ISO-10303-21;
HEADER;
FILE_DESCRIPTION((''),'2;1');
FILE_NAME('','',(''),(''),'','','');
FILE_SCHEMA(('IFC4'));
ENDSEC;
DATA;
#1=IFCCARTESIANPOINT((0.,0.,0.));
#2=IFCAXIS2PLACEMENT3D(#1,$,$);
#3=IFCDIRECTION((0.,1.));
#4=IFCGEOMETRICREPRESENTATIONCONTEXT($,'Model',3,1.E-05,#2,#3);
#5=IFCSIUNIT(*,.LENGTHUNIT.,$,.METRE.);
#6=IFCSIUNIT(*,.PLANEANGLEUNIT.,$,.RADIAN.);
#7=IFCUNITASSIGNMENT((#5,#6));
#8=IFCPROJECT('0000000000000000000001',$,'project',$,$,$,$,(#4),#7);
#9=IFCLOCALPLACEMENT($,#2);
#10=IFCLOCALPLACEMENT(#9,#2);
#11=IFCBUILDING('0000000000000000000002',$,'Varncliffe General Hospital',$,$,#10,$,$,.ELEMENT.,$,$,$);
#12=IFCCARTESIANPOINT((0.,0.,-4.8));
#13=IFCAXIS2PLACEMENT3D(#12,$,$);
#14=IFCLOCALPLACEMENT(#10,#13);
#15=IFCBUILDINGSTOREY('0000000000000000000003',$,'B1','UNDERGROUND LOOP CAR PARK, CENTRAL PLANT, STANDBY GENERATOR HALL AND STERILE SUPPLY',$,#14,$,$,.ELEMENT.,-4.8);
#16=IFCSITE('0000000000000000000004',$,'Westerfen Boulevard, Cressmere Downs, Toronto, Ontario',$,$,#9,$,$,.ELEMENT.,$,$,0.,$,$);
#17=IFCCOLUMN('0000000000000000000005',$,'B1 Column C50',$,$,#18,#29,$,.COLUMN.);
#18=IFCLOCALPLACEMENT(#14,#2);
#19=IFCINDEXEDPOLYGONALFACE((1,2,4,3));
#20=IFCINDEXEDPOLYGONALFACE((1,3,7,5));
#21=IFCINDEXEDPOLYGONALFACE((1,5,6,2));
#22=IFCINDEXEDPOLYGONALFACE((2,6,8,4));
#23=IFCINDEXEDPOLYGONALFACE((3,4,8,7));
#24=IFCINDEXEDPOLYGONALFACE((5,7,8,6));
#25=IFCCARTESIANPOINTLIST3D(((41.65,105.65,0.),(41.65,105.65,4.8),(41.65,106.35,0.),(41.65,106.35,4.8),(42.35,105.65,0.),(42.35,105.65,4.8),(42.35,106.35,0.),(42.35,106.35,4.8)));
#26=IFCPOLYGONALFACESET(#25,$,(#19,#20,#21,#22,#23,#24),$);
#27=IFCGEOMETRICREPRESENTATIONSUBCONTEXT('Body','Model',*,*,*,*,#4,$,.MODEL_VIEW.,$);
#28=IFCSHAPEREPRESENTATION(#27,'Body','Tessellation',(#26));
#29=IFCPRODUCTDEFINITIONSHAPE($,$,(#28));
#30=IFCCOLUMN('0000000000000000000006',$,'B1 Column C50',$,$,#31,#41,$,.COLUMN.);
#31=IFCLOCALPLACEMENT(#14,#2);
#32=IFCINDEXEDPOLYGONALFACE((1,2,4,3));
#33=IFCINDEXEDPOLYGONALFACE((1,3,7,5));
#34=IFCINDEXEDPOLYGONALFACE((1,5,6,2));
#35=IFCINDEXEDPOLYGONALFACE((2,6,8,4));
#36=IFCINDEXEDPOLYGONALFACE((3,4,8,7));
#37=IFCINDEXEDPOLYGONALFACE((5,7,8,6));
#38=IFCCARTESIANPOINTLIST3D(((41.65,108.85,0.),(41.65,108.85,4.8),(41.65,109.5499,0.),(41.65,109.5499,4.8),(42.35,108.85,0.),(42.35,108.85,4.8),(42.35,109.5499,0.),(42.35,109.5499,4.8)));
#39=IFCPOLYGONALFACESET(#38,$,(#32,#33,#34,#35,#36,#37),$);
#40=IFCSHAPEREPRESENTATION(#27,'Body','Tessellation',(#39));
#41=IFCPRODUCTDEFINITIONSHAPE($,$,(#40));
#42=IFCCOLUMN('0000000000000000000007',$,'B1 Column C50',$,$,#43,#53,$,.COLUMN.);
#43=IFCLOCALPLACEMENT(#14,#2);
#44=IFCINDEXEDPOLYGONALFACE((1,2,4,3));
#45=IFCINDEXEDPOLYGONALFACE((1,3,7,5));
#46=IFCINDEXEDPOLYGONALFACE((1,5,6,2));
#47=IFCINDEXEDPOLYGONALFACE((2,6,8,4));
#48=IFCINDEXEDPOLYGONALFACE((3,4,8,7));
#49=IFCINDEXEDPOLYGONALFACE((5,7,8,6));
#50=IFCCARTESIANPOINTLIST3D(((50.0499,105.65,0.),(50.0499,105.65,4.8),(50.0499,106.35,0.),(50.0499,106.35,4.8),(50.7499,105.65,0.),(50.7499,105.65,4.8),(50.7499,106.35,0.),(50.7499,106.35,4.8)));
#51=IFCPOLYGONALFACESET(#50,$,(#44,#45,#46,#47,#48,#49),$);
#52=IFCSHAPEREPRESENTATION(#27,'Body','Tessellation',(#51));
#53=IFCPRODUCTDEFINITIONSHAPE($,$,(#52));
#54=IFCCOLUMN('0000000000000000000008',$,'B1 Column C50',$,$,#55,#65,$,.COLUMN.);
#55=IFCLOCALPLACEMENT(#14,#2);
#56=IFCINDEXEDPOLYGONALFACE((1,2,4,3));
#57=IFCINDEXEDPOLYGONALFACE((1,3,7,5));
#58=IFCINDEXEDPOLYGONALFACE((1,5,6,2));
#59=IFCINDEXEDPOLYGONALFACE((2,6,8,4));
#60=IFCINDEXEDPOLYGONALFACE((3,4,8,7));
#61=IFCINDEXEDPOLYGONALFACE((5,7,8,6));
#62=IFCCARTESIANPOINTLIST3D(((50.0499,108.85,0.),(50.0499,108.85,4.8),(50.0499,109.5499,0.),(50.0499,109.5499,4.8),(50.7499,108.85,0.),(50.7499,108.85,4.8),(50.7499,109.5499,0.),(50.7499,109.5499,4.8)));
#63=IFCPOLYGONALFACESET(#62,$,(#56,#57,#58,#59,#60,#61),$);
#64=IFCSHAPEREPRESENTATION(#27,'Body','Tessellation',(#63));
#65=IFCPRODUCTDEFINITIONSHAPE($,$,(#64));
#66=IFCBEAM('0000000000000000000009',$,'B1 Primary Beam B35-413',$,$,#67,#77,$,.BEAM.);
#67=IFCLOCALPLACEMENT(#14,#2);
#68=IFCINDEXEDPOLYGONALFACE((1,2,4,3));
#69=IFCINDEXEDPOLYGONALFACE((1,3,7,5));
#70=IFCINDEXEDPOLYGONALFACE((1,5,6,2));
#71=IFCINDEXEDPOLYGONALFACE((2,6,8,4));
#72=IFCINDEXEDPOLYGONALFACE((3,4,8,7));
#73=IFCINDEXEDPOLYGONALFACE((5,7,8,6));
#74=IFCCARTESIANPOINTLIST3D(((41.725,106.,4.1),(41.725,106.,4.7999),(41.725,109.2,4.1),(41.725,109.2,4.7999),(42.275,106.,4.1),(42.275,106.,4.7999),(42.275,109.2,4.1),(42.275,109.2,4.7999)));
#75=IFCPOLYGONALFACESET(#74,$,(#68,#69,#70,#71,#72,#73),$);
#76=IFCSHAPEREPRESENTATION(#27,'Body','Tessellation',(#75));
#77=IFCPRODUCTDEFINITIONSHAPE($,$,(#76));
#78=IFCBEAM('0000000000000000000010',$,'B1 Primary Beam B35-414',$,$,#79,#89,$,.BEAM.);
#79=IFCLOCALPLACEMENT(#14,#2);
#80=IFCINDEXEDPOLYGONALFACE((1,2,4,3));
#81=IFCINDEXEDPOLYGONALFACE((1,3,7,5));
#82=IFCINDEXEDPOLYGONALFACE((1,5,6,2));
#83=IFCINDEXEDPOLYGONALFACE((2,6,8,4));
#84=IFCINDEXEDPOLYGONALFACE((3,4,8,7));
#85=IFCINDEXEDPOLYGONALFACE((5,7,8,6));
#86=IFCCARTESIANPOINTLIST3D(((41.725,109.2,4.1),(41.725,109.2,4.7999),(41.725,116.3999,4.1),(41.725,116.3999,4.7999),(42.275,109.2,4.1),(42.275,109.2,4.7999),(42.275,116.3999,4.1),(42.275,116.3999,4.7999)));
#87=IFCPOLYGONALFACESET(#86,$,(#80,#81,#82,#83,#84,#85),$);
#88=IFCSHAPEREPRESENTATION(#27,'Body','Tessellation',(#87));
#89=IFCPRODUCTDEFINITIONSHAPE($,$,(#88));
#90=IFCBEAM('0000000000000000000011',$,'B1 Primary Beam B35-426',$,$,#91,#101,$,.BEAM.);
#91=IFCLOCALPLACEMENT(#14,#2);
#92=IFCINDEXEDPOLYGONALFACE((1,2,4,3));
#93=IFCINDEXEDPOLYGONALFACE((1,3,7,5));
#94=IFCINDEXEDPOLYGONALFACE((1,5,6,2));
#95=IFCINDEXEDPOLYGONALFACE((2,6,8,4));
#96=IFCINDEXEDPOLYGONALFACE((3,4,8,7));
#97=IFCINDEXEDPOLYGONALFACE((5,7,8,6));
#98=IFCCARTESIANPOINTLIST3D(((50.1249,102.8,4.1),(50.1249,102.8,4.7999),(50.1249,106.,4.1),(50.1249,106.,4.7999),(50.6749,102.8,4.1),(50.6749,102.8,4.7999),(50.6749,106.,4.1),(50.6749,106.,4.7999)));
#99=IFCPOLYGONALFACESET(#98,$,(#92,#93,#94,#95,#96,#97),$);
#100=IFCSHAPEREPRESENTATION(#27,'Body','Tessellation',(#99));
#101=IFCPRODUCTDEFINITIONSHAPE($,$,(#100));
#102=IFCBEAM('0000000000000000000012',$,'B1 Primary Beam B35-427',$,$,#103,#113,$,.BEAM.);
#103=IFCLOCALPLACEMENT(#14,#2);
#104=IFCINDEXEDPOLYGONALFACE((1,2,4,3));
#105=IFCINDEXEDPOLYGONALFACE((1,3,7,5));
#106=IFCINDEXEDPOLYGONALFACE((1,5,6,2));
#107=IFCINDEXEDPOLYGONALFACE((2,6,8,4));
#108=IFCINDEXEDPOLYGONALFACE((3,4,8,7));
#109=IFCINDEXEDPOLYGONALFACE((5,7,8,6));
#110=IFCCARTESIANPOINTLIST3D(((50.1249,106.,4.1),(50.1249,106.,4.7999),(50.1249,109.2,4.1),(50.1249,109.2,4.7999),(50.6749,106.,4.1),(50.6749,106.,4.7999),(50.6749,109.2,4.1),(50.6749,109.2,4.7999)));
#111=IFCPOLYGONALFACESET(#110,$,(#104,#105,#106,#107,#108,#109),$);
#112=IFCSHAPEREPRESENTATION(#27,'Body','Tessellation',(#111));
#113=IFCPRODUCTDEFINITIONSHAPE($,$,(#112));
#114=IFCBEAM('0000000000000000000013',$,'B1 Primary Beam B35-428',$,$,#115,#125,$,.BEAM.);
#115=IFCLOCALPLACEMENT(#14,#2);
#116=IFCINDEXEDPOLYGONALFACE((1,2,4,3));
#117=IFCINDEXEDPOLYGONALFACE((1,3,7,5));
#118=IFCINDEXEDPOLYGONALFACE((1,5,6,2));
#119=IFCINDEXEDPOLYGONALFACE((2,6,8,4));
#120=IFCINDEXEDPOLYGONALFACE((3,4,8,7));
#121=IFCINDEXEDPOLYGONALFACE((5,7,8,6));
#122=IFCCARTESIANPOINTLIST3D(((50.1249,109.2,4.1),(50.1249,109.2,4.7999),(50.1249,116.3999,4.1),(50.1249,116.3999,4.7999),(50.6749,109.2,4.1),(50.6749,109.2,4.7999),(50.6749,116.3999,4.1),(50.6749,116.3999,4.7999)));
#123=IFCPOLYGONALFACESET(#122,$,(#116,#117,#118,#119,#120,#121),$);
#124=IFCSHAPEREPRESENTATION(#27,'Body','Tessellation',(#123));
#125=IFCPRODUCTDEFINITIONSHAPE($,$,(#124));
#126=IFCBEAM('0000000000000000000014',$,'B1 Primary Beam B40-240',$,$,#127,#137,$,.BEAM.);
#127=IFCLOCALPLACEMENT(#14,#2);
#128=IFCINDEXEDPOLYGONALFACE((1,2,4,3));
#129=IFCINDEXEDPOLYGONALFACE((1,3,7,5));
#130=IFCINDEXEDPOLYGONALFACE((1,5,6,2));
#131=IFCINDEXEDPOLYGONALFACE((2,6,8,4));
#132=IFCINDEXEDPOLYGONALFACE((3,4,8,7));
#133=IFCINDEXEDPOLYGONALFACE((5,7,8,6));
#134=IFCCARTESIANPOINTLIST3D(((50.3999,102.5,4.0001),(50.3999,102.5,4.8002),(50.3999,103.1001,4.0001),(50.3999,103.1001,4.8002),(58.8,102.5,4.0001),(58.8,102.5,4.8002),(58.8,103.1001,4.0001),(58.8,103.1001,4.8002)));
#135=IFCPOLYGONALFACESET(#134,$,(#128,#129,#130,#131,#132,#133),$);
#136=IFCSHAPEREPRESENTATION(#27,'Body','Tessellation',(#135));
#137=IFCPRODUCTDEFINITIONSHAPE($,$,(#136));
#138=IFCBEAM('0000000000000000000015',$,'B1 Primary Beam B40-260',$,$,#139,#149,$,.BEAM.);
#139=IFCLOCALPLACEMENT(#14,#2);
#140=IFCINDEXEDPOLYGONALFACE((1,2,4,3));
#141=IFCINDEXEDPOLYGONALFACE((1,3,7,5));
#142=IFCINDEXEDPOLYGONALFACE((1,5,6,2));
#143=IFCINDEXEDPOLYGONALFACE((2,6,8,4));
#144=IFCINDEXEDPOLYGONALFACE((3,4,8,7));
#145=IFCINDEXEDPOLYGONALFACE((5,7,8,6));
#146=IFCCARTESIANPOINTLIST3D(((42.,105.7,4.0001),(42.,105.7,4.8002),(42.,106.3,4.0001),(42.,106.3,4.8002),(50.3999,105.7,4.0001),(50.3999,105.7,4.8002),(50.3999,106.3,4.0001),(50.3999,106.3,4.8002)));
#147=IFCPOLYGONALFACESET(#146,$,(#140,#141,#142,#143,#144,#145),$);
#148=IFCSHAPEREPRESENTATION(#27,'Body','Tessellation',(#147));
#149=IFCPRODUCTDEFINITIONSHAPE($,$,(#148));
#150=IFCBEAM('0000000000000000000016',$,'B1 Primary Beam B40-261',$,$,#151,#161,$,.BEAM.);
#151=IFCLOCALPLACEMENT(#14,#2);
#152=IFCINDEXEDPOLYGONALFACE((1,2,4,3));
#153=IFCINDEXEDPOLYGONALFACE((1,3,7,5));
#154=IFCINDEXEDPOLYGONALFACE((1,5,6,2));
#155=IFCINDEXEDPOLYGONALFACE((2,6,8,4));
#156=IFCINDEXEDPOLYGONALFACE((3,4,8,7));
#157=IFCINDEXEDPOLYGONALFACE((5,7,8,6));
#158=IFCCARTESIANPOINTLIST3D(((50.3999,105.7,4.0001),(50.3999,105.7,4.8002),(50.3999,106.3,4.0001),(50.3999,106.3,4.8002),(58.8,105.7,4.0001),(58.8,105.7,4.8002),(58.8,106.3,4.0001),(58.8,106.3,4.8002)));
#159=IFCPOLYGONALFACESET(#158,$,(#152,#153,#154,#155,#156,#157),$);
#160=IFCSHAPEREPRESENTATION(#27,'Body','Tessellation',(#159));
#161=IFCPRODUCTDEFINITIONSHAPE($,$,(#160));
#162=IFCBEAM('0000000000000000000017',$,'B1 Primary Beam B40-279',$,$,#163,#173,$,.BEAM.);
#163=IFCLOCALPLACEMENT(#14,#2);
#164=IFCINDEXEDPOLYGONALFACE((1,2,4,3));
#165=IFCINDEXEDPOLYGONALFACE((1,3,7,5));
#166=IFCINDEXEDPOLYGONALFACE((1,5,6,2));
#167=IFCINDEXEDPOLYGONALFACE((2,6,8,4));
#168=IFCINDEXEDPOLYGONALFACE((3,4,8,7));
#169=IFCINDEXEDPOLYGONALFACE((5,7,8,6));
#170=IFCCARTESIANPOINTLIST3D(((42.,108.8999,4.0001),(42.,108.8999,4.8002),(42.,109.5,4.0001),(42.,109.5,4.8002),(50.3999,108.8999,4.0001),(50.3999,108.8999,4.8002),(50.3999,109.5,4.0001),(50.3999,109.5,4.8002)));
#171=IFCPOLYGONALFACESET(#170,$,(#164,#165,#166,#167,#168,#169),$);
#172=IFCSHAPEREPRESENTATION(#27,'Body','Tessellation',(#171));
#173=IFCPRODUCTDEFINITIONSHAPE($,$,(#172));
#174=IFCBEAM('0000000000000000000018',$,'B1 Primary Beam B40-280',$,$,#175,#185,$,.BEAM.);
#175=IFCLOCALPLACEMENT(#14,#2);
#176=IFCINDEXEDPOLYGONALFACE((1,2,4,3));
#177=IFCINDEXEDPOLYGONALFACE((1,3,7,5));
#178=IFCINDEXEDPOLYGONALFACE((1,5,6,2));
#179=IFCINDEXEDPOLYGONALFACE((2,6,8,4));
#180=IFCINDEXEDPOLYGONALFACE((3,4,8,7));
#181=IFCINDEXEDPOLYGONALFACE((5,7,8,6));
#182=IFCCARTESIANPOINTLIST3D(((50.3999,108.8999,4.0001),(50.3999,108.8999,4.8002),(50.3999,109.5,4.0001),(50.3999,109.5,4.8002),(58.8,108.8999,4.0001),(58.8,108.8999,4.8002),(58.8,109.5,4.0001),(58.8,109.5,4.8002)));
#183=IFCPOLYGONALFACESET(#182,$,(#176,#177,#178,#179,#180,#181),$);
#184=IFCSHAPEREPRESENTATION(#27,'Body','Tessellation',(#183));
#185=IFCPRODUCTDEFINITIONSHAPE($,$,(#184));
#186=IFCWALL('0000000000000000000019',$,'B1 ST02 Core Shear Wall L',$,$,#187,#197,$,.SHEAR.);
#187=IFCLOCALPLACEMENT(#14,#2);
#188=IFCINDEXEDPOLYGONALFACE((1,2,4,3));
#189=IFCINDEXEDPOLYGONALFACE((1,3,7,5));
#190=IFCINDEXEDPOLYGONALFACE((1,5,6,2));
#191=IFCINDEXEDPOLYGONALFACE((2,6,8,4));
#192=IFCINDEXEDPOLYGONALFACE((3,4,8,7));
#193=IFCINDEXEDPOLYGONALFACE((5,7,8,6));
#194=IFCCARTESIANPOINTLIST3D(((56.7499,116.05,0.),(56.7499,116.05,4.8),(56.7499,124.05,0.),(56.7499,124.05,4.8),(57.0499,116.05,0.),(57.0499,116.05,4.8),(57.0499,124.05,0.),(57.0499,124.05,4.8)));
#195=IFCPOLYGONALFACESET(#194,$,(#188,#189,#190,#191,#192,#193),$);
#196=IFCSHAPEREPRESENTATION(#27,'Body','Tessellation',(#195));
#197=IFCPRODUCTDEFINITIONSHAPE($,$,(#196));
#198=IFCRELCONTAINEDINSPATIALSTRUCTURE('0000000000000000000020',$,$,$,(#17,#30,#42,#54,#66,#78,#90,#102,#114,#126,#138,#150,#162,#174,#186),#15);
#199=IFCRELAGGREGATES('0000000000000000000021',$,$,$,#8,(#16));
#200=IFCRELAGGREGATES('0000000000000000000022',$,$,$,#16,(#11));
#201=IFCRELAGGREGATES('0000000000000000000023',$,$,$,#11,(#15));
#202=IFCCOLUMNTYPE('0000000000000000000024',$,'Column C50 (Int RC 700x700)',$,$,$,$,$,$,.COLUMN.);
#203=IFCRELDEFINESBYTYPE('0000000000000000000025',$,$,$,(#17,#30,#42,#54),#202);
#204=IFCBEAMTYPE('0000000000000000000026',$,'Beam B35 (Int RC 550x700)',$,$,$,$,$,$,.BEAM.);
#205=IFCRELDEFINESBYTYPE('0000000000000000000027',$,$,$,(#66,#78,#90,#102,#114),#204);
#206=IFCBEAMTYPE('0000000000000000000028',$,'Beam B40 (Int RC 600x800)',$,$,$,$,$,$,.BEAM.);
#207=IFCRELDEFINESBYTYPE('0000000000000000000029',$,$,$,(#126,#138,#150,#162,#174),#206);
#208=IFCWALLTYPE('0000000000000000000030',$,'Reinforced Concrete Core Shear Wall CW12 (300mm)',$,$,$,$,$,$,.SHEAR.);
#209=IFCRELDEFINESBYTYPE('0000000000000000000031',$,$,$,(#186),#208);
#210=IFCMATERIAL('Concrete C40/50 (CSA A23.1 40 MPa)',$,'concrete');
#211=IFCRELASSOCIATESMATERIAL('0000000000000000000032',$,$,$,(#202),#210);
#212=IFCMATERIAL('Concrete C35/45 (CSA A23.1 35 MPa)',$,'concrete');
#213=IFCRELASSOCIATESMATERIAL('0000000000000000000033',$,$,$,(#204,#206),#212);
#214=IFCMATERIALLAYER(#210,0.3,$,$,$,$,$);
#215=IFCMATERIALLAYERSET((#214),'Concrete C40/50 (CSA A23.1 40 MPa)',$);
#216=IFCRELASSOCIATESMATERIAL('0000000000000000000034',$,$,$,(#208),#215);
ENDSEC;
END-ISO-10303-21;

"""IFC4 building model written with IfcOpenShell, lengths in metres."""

from ifc_helpers import new_model, si_unit, direction, frame, frame_2d, origin, origin_2d, place, context, subcontext, project, spatial, rectangle, extrude, material, layer, layer_set, material_profile, profile_set, type_object, element, save


model = new_model("IFC4")

# Units and contexts
model_context = context("Model", 3, precision=1e-05, world=origin(), true_north=direction((0.0, 1.0)))
body_context = subcontext(model_context, "Body", "Model", "MODEL_VIEW")
ifc_project = project(units=[si_unit("LENGTHUNIT", "METRE"), si_unit("PLANEANGLEUNIT", "RADIAN")], contexts=[model_context])

# Site, building, storey
site_placement = place(None, origin())
site = spatial("IfcSite", under=ifc_project, at=site_placement, Name="Westerfen Boulevard, Cressmere Downs, Toronto, Ontario", CompositionType="ELEMENT", RefElevation=0.0)
building_placement = place(site_placement, origin())
building = spatial("IfcBuilding", under=site, at=building_placement, Name="Varncliffe General Hospital", CompositionType="ELEMENT")
storey_placement = place(building_placement, frame((0.0, 0.0, -4.8)))
storey = spatial("IfcBuildingStorey", under=building, at=storey_placement, Name="B1", Description="UNDERGROUND LOOP CAR PARK, CENTRAL PLANT, STANDBY GENERATOR HALL AND STERILE SUPPLY", CompositionType="ELEMENT", Elevation=-4.8)

# Shared definitions
ifc_material_1 = material(Name="Concrete C40/50 (CSA A23.1 40 MPa)", Category="concrete")

# Columns
ifc_material_profile_1 = material_profile(ifc_material_1, rectangle(XDim=0.7, YDim=0.7, at=origin_2d()), Name="RC 700x700")
ifc_profile_set_1 = profile_set([ifc_material_profile_1], Name="Concrete C40/50 (CSA A23.1 40 MPa)")
column_type = type_object("IfcColumnType", Name="Column C50 (Int RC 700x700)", PredefinedType="COLUMN", material=ifc_profile_set_1)
for number, where, z_axis, x_axis, name in (
    (1, (42.0, 106.0, 0.0), (0.0, 0.0, 1.0), (1.0, 0.0, 0.0), "B1 Column C50"),
    (2, (42.0, 109.2, 0.0), (0.0, 0.0, 1.0), (1.0, 0.0, 0.0), "B1 Column C50"),
    (3, (50.3999, 106.0, 0.0), (0.0, 0.0, 1.0), (1.0, 0.0, 0.0), "B1 Column C50"),
    (4, (50.3999, 109.2, 0.0), (0.0, 0.0, 1.0), (1.0, 0.0, 0.0), "B1 Column C50"),
):
    element("IfcColumn", number, at=place(storey_placement, frame(where, z_axis=z_axis, x_axis=x_axis)), inside=storey, type_object=column_type, Name=name, PredefinedType="COLUMN", context=body_context, shape_type="SweptSolid", body=[
        extrude(rectangle(XDim=0.7, YDim=0.7, at=origin_2d()), origin(), (0.0, 0.0, 1.0), 4.8),
    ])

# Beams
ifc_material_2 = material(Name="Concrete C35/45 (CSA A23.1 35 MPa)", Category="concrete")
ifc_material_profile_2 = material_profile(ifc_material_2, rectangle(XDim=0.55, YDim=0.7, at=origin_2d()), Name="RC 550x700")
ifc_profile_set_2 = profile_set([ifc_material_profile_2], Name="Concrete C35/45 (CSA A23.1 35 MPa)")
beam_type_1 = type_object("IfcBeamType", Name="Beam B35 (Int RC 550x700)", PredefinedType="BEAM", material=ifc_profile_set_2)
beam_1_placement = place(storey_placement, frame((42.0, 106.0, 4.45), z_axis=(0.0, 1.0, 0.0), x_axis=(-1.0, 0.0, 0.0)))
element("IfcBeam", 5, at=beam_1_placement, inside=storey, type_object=beam_type_1, Name="B1 Primary Beam B35-413", PredefinedType="BEAM", context=body_context, shape_type="SweptSolid", body=[
    extrude(rectangle(XDim=0.55, YDim=0.7, at=origin_2d()), origin(), (0.0, 0.0, 1.0), 3.2),
])
beam_2_placement = place(storey_placement, frame((42.0, 109.2, 4.45), z_axis=(0.0, 1.0, 0.0), x_axis=(-1.0, 0.0, 0.0)))
element("IfcBeam", 6, at=beam_2_placement, inside=storey, type_object=beam_type_1, Name="B1 Primary Beam B35-414", PredefinedType="BEAM", context=body_context, shape_type="SweptSolid", body=[
    extrude(rectangle(XDim=0.55, YDim=0.7, at=origin_2d()), origin(), (0.0, 0.0, 1.0), 7.2),
])
for number, where, z_axis, x_axis, name in (
    (7, (50.3999, 102.8, 4.45), (0.0, 1.0, 0.0), (-1.0, 0.0, 0.0), "B1 Primary Beam B35-426"),
    (8, (50.3999, 106.0, 4.45), (0.0, 1.0, 0.0), (-1.0, 0.0, 0.0), "B1 Primary Beam B35-427"),
):
    element("IfcBeam", number, at=place(storey_placement, frame(where, z_axis=z_axis, x_axis=x_axis)), inside=storey, type_object=beam_type_1, Name=name, PredefinedType="BEAM", context=body_context, shape_type="SweptSolid", body=[
        extrude(rectangle(XDim=0.55, YDim=0.7, at=origin_2d()), origin(), (0.0, 0.0, 1.0), 3.2),
    ])
beam_3_placement = place(storey_placement, frame((50.3999, 109.2, 4.45), z_axis=(0.0, 1.0, 0.0), x_axis=(-1.0, 0.0, 0.0)))
element("IfcBeam", 9, at=beam_3_placement, inside=storey, type_object=beam_type_1, Name="B1 Primary Beam B35-428", PredefinedType="BEAM", context=body_context, shape_type="SweptSolid", body=[
    extrude(rectangle(XDim=0.55, YDim=0.7, at=origin_2d()), origin(), (0.0, 0.0, 1.0), 7.2),
])
ifc_material_profile_3 = material_profile(ifc_material_2, rectangle(XDim=0.6001, YDim=0.8, at=origin_2d()), Name="RC 600x800")
ifc_profile_set_3 = profile_set([ifc_material_profile_3], Name="Concrete C35/45 (CSA A23.1 35 MPa)")
beam_type_2 = type_object("IfcBeamType", Name="Beam B40 (Int RC 600x800)", PredefinedType="BEAM", material=ifc_profile_set_3)
beam_4_placement = place(storey_placement, frame((50.3999, 102.8, 4.4001), z_axis=(1.0, 0.0, 0.0), x_axis=(0.0, 1.0, 0.0)))
element("IfcBeam", 10, at=beam_4_placement, inside=storey, type_object=beam_type_2, Name="B1 Primary Beam B40-240", PredefinedType="BEAM", context=body_context, shape_type="SweptSolid", body=[
    extrude(rectangle(XDim=0.6001, YDim=0.8, at=origin_2d()), origin(), (0.0, 0.0, 1.0), 8.4001),
])
beam_5_placement = place(storey_placement, frame((42.0, 106.0, 4.4001), z_axis=(1.0, 0.0, 0.0), x_axis=(0.0, 1.0, 0.0)))
element("IfcBeam", 11, at=beam_5_placement, inside=storey, type_object=beam_type_2, Name="B1 Primary Beam B40-260", PredefinedType="BEAM", context=body_context, shape_type="SweptSolid", body=[
    extrude(rectangle(XDim=0.6001, YDim=0.8, at=origin_2d()), origin(), (0.0, 0.0, 1.0), 8.3999),
])
beam_6_placement = place(storey_placement, frame((50.3999, 106.0, 4.4001), z_axis=(1.0, 0.0, 0.0), x_axis=(0.0, 1.0, 0.0)))
element("IfcBeam", 12, at=beam_6_placement, inside=storey, type_object=beam_type_2, Name="B1 Primary Beam B40-261", PredefinedType="BEAM", context=body_context, shape_type="SweptSolid", body=[
    extrude(rectangle(XDim=0.6001, YDim=0.8, at=origin_2d()), origin(), (0.0, 0.0, 1.0), 8.4001),
])
beam_7_placement = place(storey_placement, frame((42.0, 109.2, 4.4001), z_axis=(1.0, 0.0, 0.0), x_axis=(0.0, 1.0, 0.0)))
element("IfcBeam", 13, at=beam_7_placement, inside=storey, type_object=beam_type_2, Name="B1 Primary Beam B40-279", PredefinedType="BEAM", context=body_context, shape_type="SweptSolid", body=[
    extrude(rectangle(XDim=0.6001, YDim=0.8, at=origin_2d()), origin(), (0.0, 0.0, 1.0), 8.3999),
])
beam_8_placement = place(storey_placement, frame((50.3999, 109.2, 4.4001), z_axis=(1.0, 0.0, 0.0), x_axis=(0.0, 1.0, 0.0)))
element("IfcBeam", 14, at=beam_8_placement, inside=storey, type_object=beam_type_2, Name="B1 Primary Beam B40-280", PredefinedType="BEAM", context=body_context, shape_type="SweptSolid", body=[
    extrude(rectangle(XDim=0.6001, YDim=0.8, at=origin_2d()), origin(), (0.0, 0.0, 1.0), 8.4001),
])

# Wall
ifc_layer = layer(ifc_material_1, 0.3)
ifc_layer_set = layer_set([ifc_layer], Name="Concrete C40/50 (CSA A23.1 40 MPa)")
wall_type = type_object("IfcWallType", Name="Reinforced Concrete Core Shear Wall CW12 (300mm)", PredefinedType="SHEAR", material=ifc_layer_set)
wall_1_placement = place(storey_placement, frame((56.8999, 116.05, 0.0), z_axis=(0.0, 0.0, 1.0), x_axis=(0.0, 1.0, 0.0)))
element("IfcWall", 15, at=wall_1_placement, inside=storey, type_object=wall_type, Name="B1 ST02 Core Shear Wall L", PredefinedType="SHEAR", context=body_context, shape_type="SweptSolid", body=[
    extrude(rectangle(XDim=8.0, YDim=0.3, at=frame_2d((4.0, 0.0))), origin(), (0.0, 0.0, 1.0), 4.8),
])

save(model, "model.ifc")
